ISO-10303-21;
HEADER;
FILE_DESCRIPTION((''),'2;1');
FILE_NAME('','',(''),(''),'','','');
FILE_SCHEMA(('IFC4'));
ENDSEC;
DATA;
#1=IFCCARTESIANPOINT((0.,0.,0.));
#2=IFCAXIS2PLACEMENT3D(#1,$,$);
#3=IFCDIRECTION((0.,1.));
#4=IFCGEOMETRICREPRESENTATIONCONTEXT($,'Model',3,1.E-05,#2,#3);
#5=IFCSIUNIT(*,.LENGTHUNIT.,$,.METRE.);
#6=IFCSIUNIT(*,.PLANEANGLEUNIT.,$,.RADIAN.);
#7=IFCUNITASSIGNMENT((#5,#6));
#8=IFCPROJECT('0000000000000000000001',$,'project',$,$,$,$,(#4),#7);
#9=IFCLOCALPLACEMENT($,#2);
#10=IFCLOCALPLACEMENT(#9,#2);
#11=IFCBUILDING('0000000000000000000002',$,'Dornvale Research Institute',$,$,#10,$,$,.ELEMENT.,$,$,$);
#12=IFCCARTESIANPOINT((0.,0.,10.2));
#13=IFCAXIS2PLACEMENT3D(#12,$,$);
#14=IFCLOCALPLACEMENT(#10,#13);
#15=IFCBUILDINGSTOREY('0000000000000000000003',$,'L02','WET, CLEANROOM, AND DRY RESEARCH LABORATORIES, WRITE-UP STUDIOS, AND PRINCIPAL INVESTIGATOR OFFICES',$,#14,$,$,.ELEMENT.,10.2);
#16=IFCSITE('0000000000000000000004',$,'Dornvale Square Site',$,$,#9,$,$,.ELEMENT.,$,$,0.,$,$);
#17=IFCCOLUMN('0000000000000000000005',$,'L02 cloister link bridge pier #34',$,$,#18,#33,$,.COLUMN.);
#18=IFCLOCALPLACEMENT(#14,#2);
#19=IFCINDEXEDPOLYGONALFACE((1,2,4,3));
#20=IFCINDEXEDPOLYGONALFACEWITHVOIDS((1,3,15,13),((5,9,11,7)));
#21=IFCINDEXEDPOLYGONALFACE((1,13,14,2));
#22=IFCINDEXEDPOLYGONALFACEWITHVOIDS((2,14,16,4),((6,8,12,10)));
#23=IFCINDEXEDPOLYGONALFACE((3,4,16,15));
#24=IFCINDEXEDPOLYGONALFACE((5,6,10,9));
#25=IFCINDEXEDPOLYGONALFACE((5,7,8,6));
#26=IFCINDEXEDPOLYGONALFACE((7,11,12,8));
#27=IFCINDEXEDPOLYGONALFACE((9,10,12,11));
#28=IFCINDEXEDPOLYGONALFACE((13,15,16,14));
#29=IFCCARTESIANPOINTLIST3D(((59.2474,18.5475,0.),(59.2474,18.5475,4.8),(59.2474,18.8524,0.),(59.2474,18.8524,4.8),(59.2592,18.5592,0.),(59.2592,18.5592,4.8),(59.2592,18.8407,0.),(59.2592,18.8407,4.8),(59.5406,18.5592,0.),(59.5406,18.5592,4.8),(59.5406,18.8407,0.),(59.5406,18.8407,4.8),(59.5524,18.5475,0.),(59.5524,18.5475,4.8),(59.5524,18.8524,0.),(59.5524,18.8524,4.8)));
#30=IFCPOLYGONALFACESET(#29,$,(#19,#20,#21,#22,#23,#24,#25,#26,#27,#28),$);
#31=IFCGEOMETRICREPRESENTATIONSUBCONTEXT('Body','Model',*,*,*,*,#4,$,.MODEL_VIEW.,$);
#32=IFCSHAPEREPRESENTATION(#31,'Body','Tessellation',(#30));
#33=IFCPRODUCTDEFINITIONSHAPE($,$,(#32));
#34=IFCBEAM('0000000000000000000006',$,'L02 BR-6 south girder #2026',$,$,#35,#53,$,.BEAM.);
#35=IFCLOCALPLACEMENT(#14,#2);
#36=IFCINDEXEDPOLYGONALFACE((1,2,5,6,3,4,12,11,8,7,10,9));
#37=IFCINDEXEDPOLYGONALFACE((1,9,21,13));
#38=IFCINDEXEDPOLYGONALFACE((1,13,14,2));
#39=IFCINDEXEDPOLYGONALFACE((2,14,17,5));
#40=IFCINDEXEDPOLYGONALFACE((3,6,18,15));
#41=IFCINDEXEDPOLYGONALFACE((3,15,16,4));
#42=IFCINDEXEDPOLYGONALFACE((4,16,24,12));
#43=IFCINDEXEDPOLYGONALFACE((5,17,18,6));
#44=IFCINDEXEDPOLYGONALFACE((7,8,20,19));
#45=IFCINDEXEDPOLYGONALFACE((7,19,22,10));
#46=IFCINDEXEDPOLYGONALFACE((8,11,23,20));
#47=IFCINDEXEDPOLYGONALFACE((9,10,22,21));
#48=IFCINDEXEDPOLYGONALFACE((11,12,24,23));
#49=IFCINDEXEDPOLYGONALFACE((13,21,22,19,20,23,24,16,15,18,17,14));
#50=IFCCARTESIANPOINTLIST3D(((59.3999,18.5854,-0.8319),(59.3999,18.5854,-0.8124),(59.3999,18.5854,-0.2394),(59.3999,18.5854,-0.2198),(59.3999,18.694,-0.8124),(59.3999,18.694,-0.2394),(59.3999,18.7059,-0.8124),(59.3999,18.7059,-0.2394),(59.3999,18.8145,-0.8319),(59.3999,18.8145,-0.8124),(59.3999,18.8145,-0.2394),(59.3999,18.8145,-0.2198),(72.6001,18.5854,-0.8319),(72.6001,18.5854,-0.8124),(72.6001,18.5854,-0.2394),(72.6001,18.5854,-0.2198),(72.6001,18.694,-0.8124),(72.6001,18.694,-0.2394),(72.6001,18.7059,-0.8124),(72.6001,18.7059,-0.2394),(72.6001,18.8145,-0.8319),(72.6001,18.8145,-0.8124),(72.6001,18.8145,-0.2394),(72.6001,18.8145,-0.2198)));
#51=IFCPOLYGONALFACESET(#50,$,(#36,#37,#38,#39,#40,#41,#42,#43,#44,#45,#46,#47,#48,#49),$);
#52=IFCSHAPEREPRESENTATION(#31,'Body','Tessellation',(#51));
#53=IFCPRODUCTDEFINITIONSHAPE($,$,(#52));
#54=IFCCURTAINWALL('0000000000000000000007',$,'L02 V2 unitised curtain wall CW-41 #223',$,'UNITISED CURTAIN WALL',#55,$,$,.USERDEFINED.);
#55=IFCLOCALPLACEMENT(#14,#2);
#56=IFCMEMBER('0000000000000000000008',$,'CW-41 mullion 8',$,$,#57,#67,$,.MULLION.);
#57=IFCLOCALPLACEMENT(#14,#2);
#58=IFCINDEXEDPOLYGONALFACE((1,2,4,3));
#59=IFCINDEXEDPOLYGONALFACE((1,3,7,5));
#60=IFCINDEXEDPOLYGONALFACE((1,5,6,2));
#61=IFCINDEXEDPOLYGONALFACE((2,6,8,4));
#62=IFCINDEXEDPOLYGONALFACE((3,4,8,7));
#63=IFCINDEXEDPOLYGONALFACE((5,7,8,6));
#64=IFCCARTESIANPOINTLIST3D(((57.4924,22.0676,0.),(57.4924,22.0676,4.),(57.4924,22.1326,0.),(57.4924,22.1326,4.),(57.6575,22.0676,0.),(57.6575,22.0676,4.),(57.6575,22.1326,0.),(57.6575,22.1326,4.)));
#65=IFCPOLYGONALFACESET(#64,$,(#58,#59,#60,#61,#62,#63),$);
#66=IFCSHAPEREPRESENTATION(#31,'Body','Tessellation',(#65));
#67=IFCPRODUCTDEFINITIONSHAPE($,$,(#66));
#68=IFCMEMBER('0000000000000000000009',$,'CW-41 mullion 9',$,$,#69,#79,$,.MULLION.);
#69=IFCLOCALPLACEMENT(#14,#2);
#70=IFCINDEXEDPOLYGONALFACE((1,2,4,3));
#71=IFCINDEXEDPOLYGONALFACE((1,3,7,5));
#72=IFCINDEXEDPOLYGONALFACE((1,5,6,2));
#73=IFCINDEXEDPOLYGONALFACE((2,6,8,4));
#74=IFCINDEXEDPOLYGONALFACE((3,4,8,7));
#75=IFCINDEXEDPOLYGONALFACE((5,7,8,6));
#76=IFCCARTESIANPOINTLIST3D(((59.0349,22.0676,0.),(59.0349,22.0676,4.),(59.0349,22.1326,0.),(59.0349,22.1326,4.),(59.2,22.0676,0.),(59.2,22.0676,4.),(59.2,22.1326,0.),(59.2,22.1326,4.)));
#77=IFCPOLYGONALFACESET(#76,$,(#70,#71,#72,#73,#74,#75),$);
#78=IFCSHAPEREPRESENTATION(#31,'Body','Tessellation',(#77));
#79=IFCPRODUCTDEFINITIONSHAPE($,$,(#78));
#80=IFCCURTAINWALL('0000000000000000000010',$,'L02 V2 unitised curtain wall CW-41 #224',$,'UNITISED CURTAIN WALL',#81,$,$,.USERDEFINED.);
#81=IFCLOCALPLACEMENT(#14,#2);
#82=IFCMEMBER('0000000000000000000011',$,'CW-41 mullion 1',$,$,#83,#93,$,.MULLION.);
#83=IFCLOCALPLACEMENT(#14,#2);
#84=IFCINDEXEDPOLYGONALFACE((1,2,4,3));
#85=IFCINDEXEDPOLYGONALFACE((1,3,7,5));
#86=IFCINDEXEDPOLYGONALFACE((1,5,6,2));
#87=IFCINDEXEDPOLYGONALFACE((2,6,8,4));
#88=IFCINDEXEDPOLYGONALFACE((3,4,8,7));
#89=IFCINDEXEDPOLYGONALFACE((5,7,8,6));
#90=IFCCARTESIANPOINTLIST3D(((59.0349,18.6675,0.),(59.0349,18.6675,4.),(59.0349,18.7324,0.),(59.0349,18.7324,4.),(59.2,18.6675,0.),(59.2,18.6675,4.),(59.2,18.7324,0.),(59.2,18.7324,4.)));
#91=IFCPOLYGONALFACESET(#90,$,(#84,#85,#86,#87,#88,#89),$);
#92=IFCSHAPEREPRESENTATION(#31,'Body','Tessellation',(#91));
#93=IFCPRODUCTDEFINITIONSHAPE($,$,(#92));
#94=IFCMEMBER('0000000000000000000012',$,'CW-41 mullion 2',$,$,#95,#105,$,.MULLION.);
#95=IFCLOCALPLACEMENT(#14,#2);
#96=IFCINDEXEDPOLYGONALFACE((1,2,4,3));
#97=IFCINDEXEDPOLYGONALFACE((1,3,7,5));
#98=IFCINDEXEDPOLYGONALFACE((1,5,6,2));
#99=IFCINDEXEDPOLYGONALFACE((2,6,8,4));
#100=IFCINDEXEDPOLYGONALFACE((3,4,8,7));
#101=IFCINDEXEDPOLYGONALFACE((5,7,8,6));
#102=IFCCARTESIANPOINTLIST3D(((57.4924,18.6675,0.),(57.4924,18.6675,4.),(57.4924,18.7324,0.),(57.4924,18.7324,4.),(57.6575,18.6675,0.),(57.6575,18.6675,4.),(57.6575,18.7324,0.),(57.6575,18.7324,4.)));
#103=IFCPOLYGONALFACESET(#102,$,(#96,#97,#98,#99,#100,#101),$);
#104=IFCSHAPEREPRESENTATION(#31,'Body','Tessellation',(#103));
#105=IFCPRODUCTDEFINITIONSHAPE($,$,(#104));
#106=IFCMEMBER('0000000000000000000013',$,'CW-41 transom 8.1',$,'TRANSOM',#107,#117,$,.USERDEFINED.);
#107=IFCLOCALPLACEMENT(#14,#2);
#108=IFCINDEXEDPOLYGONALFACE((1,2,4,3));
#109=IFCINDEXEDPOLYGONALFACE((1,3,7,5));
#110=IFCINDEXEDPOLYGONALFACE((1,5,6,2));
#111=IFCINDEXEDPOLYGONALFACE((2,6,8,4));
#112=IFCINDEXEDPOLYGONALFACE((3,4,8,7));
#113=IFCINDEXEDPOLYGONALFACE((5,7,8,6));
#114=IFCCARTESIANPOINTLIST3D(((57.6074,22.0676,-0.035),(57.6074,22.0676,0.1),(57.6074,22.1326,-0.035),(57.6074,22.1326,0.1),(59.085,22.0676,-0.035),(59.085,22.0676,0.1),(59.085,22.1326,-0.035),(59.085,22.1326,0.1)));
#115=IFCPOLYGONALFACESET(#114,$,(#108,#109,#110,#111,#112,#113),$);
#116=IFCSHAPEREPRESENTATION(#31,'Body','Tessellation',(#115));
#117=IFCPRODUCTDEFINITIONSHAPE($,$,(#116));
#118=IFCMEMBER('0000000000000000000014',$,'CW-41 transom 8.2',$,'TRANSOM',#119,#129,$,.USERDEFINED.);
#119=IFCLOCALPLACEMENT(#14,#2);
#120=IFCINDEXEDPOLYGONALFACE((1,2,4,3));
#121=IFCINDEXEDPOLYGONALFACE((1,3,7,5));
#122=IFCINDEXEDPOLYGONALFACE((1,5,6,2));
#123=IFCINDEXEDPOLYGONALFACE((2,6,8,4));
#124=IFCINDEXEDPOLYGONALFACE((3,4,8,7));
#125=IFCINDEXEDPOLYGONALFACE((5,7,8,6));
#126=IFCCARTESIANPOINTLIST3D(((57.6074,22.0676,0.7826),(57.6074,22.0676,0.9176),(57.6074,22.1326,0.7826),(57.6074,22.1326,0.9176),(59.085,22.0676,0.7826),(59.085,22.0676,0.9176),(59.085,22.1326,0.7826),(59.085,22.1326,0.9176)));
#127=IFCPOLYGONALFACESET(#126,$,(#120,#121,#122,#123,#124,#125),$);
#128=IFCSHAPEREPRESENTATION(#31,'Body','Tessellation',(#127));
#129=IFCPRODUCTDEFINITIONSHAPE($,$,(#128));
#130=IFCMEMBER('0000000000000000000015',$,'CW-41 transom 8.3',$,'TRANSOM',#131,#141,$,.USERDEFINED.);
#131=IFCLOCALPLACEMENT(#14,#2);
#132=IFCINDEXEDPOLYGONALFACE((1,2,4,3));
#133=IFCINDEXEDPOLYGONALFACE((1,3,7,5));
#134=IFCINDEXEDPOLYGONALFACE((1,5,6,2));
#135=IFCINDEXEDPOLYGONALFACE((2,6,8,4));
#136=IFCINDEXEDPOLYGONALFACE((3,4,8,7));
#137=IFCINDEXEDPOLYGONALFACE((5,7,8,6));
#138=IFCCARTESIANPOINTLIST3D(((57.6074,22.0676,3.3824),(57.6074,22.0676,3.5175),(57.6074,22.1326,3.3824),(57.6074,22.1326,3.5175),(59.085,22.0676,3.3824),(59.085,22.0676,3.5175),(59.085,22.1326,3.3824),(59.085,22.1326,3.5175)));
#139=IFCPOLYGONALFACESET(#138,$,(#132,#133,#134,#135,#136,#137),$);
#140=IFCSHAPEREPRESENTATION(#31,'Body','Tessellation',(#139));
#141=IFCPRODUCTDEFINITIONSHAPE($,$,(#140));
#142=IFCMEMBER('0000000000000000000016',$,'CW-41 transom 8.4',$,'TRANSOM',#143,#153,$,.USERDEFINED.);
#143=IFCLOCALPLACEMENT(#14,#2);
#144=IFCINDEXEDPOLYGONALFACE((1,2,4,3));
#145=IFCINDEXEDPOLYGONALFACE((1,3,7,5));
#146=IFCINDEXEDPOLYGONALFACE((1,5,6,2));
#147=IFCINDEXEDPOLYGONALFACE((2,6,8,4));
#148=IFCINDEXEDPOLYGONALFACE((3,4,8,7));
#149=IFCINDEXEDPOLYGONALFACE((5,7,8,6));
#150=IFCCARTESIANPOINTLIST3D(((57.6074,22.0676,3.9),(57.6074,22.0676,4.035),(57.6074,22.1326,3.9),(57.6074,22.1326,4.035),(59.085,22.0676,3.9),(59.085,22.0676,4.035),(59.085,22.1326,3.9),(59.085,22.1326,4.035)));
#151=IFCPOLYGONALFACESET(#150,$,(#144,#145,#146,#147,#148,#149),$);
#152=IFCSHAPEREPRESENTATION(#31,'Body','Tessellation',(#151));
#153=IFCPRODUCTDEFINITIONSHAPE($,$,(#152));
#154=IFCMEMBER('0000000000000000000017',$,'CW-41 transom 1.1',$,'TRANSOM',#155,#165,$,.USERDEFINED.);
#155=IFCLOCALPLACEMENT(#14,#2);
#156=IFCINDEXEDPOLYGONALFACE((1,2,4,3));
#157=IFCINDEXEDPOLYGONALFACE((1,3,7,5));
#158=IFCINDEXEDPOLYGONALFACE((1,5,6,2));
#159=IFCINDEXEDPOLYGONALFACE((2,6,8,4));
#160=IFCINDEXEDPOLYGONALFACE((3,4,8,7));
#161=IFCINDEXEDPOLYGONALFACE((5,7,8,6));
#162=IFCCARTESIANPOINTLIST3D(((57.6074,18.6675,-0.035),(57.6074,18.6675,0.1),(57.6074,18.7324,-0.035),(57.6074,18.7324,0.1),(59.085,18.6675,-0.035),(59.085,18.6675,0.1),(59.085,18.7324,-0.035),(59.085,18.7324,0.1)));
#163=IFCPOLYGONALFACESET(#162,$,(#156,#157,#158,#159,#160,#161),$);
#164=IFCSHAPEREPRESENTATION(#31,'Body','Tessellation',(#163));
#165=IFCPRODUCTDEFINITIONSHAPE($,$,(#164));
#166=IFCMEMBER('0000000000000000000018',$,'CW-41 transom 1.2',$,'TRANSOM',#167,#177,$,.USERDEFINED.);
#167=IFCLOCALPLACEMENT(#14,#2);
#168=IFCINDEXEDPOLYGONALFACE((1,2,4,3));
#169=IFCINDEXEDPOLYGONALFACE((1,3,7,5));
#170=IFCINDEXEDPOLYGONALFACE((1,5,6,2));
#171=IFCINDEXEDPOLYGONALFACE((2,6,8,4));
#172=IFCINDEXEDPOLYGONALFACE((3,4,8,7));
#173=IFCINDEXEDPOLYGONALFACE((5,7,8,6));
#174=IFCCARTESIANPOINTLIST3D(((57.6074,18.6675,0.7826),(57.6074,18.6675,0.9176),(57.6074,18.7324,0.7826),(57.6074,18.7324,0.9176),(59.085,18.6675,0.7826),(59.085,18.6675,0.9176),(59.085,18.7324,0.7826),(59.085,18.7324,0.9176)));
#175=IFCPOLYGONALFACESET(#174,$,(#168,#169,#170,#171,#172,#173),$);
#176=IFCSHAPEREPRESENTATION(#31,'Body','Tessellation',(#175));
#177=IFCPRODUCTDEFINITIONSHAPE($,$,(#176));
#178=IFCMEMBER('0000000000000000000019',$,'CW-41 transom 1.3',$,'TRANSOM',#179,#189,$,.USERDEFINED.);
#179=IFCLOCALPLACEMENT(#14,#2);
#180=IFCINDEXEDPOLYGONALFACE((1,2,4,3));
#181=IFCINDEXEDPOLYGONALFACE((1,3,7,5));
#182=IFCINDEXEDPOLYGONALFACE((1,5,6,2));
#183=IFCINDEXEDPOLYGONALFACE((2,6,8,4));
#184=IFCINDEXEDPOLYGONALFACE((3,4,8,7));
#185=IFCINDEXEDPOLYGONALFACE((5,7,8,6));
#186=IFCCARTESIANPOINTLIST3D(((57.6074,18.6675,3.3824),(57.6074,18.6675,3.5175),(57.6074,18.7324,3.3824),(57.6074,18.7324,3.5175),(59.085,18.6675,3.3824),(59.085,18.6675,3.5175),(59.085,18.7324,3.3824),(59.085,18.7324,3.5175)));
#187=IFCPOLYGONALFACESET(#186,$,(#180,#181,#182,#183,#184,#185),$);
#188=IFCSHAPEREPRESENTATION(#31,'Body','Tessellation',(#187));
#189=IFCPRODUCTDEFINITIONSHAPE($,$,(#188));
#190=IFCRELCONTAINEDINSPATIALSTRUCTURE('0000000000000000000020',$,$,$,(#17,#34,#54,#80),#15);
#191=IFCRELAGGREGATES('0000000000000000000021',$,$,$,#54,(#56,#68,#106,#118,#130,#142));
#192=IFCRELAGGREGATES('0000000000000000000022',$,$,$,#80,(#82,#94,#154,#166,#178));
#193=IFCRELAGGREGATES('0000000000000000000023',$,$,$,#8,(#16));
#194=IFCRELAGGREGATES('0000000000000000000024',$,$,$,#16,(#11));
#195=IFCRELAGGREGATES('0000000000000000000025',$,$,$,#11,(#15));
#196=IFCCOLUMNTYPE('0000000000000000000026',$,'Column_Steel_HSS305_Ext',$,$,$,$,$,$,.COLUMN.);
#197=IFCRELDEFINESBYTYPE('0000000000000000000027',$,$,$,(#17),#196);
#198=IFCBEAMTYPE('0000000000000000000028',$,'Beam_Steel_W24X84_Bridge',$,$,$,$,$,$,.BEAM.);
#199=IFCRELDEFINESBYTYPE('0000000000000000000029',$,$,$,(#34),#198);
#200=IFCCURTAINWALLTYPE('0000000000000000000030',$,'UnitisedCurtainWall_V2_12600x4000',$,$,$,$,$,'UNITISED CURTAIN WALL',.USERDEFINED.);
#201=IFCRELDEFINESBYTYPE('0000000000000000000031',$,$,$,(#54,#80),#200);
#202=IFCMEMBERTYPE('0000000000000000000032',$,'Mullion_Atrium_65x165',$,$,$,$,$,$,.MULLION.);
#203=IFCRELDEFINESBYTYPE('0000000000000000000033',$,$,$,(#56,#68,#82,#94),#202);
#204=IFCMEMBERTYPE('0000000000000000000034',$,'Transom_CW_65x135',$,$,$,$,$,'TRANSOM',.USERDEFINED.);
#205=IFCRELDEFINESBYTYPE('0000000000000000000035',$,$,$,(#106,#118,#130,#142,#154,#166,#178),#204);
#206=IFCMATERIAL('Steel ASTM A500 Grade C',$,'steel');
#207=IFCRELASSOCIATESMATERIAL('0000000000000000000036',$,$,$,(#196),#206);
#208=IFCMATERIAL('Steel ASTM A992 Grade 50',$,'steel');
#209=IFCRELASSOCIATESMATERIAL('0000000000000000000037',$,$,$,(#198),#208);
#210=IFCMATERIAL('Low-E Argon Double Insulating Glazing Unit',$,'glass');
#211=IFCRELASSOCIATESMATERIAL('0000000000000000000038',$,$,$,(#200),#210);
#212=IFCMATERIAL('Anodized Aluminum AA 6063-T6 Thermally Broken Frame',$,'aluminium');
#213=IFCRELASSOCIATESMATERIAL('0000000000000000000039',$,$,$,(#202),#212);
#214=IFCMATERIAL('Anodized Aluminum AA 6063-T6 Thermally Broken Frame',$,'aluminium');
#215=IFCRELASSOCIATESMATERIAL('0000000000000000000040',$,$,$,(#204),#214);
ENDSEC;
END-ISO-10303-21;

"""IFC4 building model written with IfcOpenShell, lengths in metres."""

from ifc_helpers import new_model, si_unit, direction, frame, origin, origin_2d, place, context, subcontext, project, spatial, rectangle, hollow_rectangle, i_section, extrude, material, material_profile, profile_set, type_object, element, aggregate, save


model = new_model("IFC4")

# Units and contexts
model_context = context("Model", 3, precision=1e-05, world=origin(), true_north=direction((0.0, 1.0)))
body_context = subcontext(model_context, "Body", "Model", "MODEL_VIEW")
ifc_project = project(units=[si_unit("LENGTHUNIT", "METRE"), si_unit("PLANEANGLEUNIT", "RADIAN")], contexts=[model_context])

# Site, building, storey
site_placement = place(None, origin())
site = spatial("IfcSite", under=ifc_project, at=site_placement, Name="Dornvale Square Site", CompositionType="ELEMENT", RefElevation=0.0)
building_placement = place(site_placement, origin())
building = spatial("IfcBuilding", under=site, at=building_placement, Name="Dornvale Research Institute", CompositionType="ELEMENT")
storey_placement = place(building_placement, frame((0.0, 0.0, 10.2)))
storey = spatial("IfcBuildingStorey", under=building, at=storey_placement, Name="L02", Description="WET, CLEANROOM, AND DRY RESEARCH LABORATORIES, WRITE-UP STUDIOS, AND PRINCIPAL INVESTIGATOR OFFICES", CompositionType="ELEMENT", Elevation=10.2)

# Column
ifc_material_1 = material(Name="Steel ASTM A500 Grade C", Category="steel")
ifc_material_profile_1 = material_profile(ifc_material_1, hollow_rectangle(XDim=0.3049, YDim=0.3049, WallThickness=0.0117, at=origin_2d()), Name="HSS305X305X12.7")
ifc_profile_set_1 = profile_set([ifc_material_profile_1], Name="Steel ASTM A500 Grade C")
column_type = type_object("IfcColumnType", Name="Column_Steel_HSS305_Ext", PredefinedType="COLUMN", material=ifc_profile_set_1)
column_placement = place(storey_placement, frame((59.3999, 18.7, 0.0), z_axis=(0.0, 0.0, 1.0), x_axis=(1.0, 0.0, 0.0)))
element("IfcColumn", 1, at=column_placement, inside=storey, type_object=column_type, Name="L02 cloister link bridge pier #34", PredefinedType="COLUMN", context=body_context, shape_type="SweptSolid", body=[
    extrude(hollow_rectangle(XDim=0.3049, YDim=0.3049, WallThickness=0.0117, at=origin_2d()), origin(), (0.0, 0.0, 1.0), 4.8),
])

# Beam
ifc_material_2 = material(Name="Steel ASTM A992 Grade 50", Category="steel")
ifc_material_profile_2 = material_profile(ifc_material_2, i_section(OverallWidth=0.229, OverallDepth=0.6121, WebThickness=0.012, FlangeThickness=0.0195, at=origin_2d()), Name="W24X84")
ifc_profile_set_2 = profile_set([ifc_material_profile_2], Name="Steel ASTM A992 Grade 50")
beam_type = type_object("IfcBeamType", Name="Beam_Steel_W24X84_Bridge", PredefinedType="BEAM", material=ifc_profile_set_2)
beam_placement = place(storey_placement, frame((59.3999, 18.7, -0.5259), z_axis=(1.0, 0.0, 0.0), x_axis=(0.0, 1.0, 0.0)))
element("IfcBeam", 2, at=beam_placement, inside=storey, type_object=beam_type, Name="L02 BR-6 south girder #2026", PredefinedType="BEAM", context=body_context, shape_type="SweptSolid", body=[
    extrude(i_section(OverallWidth=0.229, OverallDepth=0.6121, WebThickness=0.012, FlangeThickness=0.0195, at=origin_2d()), origin(), (0.0, 0.0, 1.0), 13.2002),
])

# Curtain walls, members
ifc_material_3 = material(Name="Low-E Argon Double Insulating Glazing Unit", Category="glass")
curtain_wall_type = type_object("IfcCurtainWallType", Name="UnitisedCurtainWall_V2_12600x4000", ElementType="UNITISED CURTAIN WALL", PredefinedType="USERDEFINED", material=ifc_material_3)
curtain_wall_1_placement = place(storey_placement, origin())
curtain_wall_1 = element("IfcCurtainWall", 3, at=curtain_wall_1_placement, inside=storey, type_object=curtain_wall_type, Name="L02 V2 unitised curtain wall CW-41 #223", ObjectType="UNITISED CURTAIN WALL", PredefinedType="USERDEFINED")
ifc_material_4 = material(Name="Anodized Aluminum AA 6063-T6 Thermally Broken Frame", Category="aluminium")
ifc_material_profile_3 = material_profile(ifc_material_4, rectangle(XDim=0.0649, YDim=0.165, at=origin_2d()), Name="ALU MULLION 65x165")
ifc_profile_set_3 = profile_set([ifc_material_profile_3], Name="Anodized Aluminum AA 6063-T6 Thermally Broken Frame")
member_type_1 = type_object("IfcMemberType", Name="Mullion_Atrium_65x165", PredefinedType="MULLION", material=ifc_profile_set_3)
member_1_placement = place(storey_placement, frame((57.575, 22.1001, 0.0), z_axis=(0.0, 0.0, 1.0), x_axis=(0.0, 1.0, 0.0)))
member_1 = element("IfcMember", 4, at=member_1_placement, type_object=member_type_1, Name="CW-41 mullion 8", PredefinedType="MULLION", context=body_context, shape_type="SweptSolid", body=[
    extrude(rectangle(XDim=0.0649, YDim=0.165, at=origin_2d()), origin(), (0.0, 0.0, 1.0), 4.0),
])
member_2_placement = place(storey_placement, frame((59.1174, 22.1001, 0.0), z_axis=(0.0, 0.0, 1.0), x_axis=(0.0, 1.0, 0.0)))
member_2 = element("IfcMember", 5, at=member_2_placement, type_object=member_type_1, Name="CW-41 mullion 9", PredefinedType="MULLION", context=body_context, shape_type="SweptSolid", body=[
    extrude(rectangle(XDim=0.0649, YDim=0.165, at=origin_2d()), origin(), (0.0, 0.0, 1.0), 4.0),
])
curtain_wall_2_placement = place(storey_placement, origin())
curtain_wall_2 = element("IfcCurtainWall", 6, at=curtain_wall_2_placement, inside=storey, type_object=curtain_wall_type, Name="L02 V2 unitised curtain wall CW-41 #224", ObjectType="UNITISED CURTAIN WALL", PredefinedType="USERDEFINED")
member_3_placement = place(storey_placement, frame((59.1174, 18.7, 0.0), z_axis=(0.0, 0.0, 1.0), x_axis=(0.0, -1.0, 0.0)))
member_3 = element("IfcMember", 7, at=member_3_placement, type_object=member_type_1, Name="CW-41 mullion 1", PredefinedType="MULLION", context=body_context, shape_type="SweptSolid", body=[
    extrude(rectangle(XDim=0.0649, YDim=0.165, at=origin_2d()), origin(), (0.0, 0.0, 1.0), 4.0),
])
member_4_placement = place(storey_placement, frame((57.575, 18.7, 0.0), z_axis=(0.0, 0.0, 1.0), x_axis=(0.0, -1.0, 0.0)))
member_4 = element("IfcMember", 8, at=member_4_placement, type_object=member_type_1, Name="CW-41 mullion 2", PredefinedType="MULLION", context=body_context, shape_type="SweptSolid", body=[
    extrude(rectangle(XDim=0.0649, YDim=0.165, at=origin_2d()), origin(), (0.0, 0.0, 1.0), 4.0),
])

# Members
ifc_material_5 = material(Name="Anodized Aluminum AA 6063-T6 Thermally Broken Frame", Category="aluminium")
ifc_material_profile_4 = material_profile(ifc_material_5, rectangle(XDim=0.0649, YDim=0.135, at=origin_2d()), Name="ALU TRANSOM 65x135")
ifc_profile_set_4 = profile_set([ifc_material_profile_4], Name="Anodized Aluminum AA 6063-T6 Thermally Broken Frame")
member_type_2 = type_object("IfcMemberType", Name="Transom_CW_65x135", ElementType="TRANSOM", PredefinedType="USERDEFINED", material=ifc_profile_set_4)
member_5_placement = place(storey_placement, frame((57.6074, 22.1001, 0.0325), z_axis=(1.0, 0.0, 0.0), x_axis=(0.0, 1.0, 0.0)))
member_5 = element("IfcMember", 9, at=member_5_placement, type_object=member_type_2, Name="CW-41 transom 8.1", ObjectType="TRANSOM", PredefinedType="USERDEFINED", context=body_context, shape_type="SweptSolid", body=[
    extrude(rectangle(XDim=0.0649, YDim=0.135, at=origin_2d()), origin(), (0.0, 0.0, 1.0), 1.4775),
])
member_6_placement = place(storey_placement, frame((57.6074, 22.1001, 0.8501), z_axis=(1.0, 0.0, 0.0), x_axis=(0.0, 1.0, 0.0)))
member_6 = element("IfcMember", 10, at=member_6_placement, type_object=member_type_2, Name="CW-41 transom 8.2", ObjectType="TRANSOM", PredefinedType="USERDEFINED", context=body_context, shape_type="SweptSolid", body=[
    extrude(rectangle(XDim=0.0649, YDim=0.135, at=origin_2d()), origin(), (0.0, 0.0, 1.0), 1.4775),
])
member_7_placement = place(storey_placement, frame((57.6074, 22.1001, 3.45), z_axis=(1.0, 0.0, 0.0), x_axis=(0.0, 1.0, 0.0)))
member_7 = element("IfcMember", 11, at=member_7_placement, type_object=member_type_2, Name="CW-41 transom 8.3", ObjectType="TRANSOM", PredefinedType="USERDEFINED", context=body_context, shape_type="SweptSolid", body=[
    extrude(rectangle(XDim=0.0649, YDim=0.135, at=origin_2d()), origin(), (0.0, 0.0, 1.0), 1.4775),
])
member_8_placement = place(storey_placement, frame((57.6074, 22.1001, 3.9675), z_axis=(1.0, 0.0, 0.0), x_axis=(0.0, 1.0, 0.0)))
member_8 = element("IfcMember", 12, at=member_8_placement, type_object=member_type_2, Name="CW-41 transom 8.4", ObjectType="TRANSOM", PredefinedType="USERDEFINED", context=body_context, shape_type="SweptSolid", body=[
    extrude(rectangle(XDim=0.0649, YDim=0.135, at=origin_2d()), origin(), (0.0, 0.0, 1.0), 1.4775),
])
member_9_placement = place(storey_placement, frame((59.085, 18.7, 0.0325), z_axis=(-1.0, 0.0, 0.0), x_axis=(0.0, -1.0, 0.0)))
member_9 = element("IfcMember", 13, at=member_9_placement, type_object=member_type_2, Name="CW-41 transom 1.1", ObjectType="TRANSOM", PredefinedType="USERDEFINED", context=body_context, shape_type="SweptSolid", body=[
    extrude(rectangle(XDim=0.0649, YDim=0.135, at=origin_2d()), origin(), (0.0, 0.0, 1.0), 1.4775),
])
member_10_placement = place(storey_placement, frame((59.085, 18.7, 0.8501), z_axis=(-1.0, 0.0, 0.0), x_axis=(0.0, -1.0, 0.0)))
member_10 = element("IfcMember", 14, at=member_10_placement, type_object=member_type_2, Name="CW-41 transom 1.2", ObjectType="TRANSOM", PredefinedType="USERDEFINED", context=body_context, shape_type="SweptSolid", body=[
    extrude(rectangle(XDim=0.0649, YDim=0.135, at=origin_2d()), origin(), (0.0, 0.0, 1.0), 1.4775),
])
member_11_placement = place(storey_placement, frame((59.085, 18.7, 3.45), z_axis=(-1.0, 0.0, 0.0), x_axis=(0.0, -1.0, 0.0)))
member_11 = element("IfcMember", 15, at=member_11_placement, type_object=member_type_2, Name="CW-41 transom 1.3", ObjectType="TRANSOM", PredefinedType="USERDEFINED", context=body_context, shape_type="SweptSolid", body=[
    extrude(rectangle(XDim=0.0649, YDim=0.135, at=origin_2d()), origin(), (0.0, 0.0, 1.0), 1.4775),
])

aggregate(curtain_wall_1, [member_1, member_2, member_5, member_6, member_7, member_8])
aggregate(curtain_wall_2, [member_3, member_4, member_9, member_10, member_11])

save(model, "model.ifc")
